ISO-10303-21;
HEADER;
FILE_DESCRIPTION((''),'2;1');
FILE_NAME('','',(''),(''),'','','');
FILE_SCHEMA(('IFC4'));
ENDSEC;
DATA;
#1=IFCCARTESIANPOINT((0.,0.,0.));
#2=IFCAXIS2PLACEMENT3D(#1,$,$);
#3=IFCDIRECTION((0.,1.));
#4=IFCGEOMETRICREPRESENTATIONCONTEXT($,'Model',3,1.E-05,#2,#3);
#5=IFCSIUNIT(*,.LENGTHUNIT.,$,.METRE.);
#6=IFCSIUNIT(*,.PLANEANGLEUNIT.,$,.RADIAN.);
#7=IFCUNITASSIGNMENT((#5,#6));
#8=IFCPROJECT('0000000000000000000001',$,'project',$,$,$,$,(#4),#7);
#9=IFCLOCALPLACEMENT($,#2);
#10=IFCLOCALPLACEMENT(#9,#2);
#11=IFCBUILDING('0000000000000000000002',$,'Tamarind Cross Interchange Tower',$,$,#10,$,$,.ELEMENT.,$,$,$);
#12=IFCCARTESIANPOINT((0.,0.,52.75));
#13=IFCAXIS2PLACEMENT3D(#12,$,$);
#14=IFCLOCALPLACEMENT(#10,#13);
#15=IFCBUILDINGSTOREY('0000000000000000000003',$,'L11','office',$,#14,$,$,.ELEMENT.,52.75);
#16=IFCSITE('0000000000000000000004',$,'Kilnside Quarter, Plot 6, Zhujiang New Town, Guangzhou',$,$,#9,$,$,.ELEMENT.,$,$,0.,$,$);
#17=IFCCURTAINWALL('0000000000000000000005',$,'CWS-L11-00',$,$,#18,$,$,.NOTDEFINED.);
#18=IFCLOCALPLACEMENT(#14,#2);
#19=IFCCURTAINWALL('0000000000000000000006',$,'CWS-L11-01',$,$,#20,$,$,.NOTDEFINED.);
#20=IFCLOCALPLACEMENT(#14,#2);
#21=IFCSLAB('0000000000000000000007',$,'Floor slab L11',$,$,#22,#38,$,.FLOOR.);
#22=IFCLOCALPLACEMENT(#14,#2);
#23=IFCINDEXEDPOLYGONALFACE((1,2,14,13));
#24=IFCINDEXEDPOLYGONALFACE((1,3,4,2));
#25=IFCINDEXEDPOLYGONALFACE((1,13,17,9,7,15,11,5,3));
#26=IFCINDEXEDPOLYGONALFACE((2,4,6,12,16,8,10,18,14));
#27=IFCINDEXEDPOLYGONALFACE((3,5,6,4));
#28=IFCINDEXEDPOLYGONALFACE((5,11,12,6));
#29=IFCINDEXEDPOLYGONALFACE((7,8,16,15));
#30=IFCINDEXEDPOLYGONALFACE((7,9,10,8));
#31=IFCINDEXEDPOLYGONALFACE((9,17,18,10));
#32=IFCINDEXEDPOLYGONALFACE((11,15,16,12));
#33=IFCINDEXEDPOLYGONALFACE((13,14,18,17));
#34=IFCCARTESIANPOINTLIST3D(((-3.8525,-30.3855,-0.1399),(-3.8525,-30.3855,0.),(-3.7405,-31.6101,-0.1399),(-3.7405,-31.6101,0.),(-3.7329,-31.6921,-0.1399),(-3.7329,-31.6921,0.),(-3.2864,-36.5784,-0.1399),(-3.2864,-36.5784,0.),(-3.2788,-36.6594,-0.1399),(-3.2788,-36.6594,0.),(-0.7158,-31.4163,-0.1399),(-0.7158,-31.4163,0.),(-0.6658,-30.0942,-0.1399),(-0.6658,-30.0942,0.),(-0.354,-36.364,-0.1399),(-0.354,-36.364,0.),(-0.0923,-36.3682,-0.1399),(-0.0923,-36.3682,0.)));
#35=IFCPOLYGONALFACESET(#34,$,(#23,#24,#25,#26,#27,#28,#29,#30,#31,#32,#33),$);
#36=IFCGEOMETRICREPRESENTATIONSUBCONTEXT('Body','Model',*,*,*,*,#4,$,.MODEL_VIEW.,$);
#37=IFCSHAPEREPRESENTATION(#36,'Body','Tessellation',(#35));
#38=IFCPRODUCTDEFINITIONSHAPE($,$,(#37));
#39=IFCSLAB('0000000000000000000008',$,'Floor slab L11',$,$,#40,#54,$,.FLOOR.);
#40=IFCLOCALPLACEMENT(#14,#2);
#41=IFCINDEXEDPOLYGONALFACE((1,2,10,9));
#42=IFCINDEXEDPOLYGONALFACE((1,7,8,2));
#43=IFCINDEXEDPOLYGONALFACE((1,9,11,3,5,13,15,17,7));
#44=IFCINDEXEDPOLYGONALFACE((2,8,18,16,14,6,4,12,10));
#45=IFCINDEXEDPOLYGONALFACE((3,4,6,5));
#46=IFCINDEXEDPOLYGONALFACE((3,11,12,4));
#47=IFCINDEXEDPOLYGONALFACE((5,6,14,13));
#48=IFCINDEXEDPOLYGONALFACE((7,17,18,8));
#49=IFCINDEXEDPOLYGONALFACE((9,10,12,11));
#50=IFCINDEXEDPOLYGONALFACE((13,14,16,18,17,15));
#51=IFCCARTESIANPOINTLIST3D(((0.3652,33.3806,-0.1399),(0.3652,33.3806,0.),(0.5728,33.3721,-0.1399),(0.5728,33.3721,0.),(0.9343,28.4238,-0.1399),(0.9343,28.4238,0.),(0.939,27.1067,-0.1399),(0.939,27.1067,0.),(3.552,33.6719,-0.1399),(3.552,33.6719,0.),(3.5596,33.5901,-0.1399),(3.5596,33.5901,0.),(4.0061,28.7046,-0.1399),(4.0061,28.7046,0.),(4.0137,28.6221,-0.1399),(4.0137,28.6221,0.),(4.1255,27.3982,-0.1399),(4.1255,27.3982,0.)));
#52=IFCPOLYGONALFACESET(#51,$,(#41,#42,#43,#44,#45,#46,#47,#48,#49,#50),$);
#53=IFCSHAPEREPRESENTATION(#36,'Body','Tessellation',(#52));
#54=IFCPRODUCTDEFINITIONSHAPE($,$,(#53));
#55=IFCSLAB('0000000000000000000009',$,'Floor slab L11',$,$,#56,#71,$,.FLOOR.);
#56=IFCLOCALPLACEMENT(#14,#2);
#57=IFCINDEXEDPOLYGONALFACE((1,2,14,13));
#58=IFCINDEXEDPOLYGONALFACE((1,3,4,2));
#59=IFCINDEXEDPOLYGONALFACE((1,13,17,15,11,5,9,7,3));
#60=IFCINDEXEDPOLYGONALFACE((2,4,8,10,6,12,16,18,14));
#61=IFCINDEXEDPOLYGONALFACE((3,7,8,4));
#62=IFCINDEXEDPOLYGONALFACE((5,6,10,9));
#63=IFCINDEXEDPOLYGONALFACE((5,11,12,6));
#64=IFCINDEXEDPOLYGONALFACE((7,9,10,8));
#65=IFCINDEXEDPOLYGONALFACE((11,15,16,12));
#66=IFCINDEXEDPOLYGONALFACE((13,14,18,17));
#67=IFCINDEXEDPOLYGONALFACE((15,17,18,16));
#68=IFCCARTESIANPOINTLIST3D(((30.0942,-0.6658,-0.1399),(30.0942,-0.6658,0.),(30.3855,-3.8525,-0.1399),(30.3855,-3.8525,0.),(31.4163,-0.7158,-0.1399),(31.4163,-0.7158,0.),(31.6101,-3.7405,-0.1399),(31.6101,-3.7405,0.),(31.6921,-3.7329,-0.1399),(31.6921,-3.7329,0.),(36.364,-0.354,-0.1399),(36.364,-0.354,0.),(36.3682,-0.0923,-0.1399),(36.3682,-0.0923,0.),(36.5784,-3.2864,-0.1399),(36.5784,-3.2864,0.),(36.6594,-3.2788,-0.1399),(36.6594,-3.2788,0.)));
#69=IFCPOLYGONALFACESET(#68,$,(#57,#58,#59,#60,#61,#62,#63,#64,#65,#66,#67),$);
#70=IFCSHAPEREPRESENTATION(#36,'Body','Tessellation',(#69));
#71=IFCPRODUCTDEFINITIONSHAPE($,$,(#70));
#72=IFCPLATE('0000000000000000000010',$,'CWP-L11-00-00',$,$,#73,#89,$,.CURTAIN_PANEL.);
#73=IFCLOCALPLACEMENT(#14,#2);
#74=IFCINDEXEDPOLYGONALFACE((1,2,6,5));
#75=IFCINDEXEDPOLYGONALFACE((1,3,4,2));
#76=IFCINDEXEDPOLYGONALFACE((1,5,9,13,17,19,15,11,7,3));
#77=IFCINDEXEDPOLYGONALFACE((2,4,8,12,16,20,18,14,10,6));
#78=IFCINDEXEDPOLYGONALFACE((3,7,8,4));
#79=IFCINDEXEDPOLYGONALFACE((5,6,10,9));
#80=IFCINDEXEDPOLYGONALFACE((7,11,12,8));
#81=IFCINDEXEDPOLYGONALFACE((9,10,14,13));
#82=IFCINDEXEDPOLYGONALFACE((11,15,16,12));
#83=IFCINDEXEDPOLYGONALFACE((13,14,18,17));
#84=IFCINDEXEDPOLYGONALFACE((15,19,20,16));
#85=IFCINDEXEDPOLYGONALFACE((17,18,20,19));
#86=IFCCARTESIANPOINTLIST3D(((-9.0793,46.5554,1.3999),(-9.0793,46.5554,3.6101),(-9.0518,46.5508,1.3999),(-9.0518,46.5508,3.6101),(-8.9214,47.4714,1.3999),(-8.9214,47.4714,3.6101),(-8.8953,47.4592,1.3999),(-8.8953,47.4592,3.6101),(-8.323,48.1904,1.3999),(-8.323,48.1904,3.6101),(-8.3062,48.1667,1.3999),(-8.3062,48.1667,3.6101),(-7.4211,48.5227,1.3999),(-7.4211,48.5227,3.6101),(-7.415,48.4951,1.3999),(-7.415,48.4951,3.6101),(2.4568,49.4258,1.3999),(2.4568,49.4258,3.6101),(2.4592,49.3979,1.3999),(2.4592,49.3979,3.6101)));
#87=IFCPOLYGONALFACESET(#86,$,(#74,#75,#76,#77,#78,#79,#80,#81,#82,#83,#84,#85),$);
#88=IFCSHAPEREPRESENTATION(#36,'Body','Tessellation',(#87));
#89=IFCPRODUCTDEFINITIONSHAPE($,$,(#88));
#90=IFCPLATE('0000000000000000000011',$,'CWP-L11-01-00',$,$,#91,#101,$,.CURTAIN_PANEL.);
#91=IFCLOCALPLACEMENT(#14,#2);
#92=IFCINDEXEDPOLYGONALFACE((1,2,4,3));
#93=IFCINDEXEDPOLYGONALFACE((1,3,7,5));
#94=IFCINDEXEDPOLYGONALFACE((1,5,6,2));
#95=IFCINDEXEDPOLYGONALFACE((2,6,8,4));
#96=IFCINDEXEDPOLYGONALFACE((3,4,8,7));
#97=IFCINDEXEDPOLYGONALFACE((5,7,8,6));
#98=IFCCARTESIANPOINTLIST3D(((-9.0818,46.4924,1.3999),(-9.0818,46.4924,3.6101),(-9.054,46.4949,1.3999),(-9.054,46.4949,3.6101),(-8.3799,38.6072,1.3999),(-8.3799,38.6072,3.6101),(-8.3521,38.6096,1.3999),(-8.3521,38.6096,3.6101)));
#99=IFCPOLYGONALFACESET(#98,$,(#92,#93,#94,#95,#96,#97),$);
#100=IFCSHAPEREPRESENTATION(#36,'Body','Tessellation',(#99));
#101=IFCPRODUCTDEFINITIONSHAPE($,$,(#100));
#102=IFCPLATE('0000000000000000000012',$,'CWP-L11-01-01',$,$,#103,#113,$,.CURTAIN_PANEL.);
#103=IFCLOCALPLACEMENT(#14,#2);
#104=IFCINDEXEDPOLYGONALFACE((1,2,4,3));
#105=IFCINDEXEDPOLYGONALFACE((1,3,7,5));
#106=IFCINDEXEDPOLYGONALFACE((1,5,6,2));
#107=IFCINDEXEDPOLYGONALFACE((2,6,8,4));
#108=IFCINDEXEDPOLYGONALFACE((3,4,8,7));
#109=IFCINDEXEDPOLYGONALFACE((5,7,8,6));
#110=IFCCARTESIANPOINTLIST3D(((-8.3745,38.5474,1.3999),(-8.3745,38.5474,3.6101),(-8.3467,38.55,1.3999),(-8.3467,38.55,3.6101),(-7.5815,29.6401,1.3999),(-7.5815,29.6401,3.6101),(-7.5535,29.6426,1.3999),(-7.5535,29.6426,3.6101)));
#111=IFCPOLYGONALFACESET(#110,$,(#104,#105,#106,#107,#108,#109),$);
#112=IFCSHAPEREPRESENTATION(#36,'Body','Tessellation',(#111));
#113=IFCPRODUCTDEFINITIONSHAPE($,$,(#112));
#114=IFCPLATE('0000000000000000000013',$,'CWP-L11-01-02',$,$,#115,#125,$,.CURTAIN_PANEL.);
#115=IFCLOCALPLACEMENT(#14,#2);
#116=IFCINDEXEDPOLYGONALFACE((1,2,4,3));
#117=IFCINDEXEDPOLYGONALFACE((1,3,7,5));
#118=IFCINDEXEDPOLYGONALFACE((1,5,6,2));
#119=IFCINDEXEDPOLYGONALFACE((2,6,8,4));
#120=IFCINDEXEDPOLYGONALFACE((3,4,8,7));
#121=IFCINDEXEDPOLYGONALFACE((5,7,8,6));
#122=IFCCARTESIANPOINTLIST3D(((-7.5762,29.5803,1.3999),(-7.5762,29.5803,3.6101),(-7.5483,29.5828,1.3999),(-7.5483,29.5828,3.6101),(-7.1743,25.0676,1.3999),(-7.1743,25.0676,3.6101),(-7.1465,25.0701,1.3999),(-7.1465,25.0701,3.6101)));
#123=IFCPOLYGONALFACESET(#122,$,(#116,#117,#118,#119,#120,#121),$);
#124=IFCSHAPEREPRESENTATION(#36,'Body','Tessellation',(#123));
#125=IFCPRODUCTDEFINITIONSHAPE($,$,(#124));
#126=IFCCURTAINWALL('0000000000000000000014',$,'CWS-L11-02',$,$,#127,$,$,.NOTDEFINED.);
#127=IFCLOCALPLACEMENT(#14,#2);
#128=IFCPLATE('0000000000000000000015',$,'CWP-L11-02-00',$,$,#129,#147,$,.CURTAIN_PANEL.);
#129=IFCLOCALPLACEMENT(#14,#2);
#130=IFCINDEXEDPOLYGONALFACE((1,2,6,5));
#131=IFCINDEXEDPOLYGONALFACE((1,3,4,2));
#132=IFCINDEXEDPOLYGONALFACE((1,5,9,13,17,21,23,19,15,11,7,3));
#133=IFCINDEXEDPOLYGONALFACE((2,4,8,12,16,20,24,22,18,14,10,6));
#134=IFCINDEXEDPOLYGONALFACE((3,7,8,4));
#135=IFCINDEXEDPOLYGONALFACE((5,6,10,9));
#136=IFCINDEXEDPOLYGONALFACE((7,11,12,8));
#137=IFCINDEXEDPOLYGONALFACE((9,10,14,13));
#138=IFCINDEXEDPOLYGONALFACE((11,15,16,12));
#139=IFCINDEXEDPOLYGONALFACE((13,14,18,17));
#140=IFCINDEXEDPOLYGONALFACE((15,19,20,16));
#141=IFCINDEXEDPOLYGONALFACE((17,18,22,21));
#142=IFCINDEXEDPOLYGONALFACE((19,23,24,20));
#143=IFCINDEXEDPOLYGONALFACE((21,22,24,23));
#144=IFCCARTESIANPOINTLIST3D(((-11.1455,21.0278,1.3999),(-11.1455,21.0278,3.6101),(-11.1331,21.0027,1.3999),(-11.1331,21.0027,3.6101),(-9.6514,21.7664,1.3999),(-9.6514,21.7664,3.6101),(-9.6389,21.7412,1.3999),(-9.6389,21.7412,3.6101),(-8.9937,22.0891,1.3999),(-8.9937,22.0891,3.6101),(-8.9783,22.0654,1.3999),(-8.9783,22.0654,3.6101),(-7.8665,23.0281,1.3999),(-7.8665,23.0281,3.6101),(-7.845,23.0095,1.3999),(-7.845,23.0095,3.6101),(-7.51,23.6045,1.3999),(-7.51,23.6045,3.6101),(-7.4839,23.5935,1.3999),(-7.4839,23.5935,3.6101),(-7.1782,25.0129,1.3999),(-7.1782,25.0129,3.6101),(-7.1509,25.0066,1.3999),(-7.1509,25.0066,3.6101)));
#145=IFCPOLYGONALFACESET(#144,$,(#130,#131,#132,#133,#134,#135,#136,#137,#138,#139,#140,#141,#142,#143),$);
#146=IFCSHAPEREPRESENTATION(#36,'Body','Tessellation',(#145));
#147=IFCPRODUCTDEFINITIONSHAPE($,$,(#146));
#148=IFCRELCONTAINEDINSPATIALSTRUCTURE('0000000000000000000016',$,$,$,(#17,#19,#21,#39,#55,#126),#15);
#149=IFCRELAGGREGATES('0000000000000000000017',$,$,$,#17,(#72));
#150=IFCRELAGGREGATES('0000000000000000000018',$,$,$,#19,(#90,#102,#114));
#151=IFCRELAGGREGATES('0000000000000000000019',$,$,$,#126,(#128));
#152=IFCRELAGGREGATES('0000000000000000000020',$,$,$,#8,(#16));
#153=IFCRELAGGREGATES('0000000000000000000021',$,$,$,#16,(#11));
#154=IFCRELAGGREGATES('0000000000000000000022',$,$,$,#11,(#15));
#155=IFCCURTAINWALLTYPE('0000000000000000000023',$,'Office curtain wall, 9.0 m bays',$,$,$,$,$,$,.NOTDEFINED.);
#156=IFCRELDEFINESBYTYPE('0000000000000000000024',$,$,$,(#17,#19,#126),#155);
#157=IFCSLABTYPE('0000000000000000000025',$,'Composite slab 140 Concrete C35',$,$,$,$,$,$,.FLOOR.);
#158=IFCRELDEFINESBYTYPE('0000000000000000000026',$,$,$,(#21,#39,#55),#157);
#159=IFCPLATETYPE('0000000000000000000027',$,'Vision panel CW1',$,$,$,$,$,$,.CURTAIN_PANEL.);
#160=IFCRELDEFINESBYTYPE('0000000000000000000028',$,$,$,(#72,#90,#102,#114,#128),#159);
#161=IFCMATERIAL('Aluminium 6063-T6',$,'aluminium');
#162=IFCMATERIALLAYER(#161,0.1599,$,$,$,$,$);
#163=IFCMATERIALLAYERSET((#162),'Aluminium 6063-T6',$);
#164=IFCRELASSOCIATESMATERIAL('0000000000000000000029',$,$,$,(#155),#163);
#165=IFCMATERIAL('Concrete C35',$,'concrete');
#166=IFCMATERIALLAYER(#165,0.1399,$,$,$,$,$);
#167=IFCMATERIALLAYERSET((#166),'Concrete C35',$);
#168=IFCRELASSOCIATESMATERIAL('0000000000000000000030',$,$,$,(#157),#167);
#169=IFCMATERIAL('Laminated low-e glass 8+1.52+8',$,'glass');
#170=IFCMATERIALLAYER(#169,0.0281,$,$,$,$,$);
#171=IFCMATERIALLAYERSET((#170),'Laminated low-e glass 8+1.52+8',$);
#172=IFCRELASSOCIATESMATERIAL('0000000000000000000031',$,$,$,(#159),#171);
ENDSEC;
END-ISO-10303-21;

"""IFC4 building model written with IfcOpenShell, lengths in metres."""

from ifc_helpers import new_model, si_unit, direction, frame, origin, place, context, subcontext, project, spatial, polyline, outline, extrude, material, layer, layer_set, type_object, element, aggregate, save


model = new_model("IFC4")

# Units and contexts
model_context = context("Model", 3, precision=1e-05, world=origin(), true_north=direction((0.0, 1.0)))
body_context = subcontext(model_context, "Body", "Model", "MODEL_VIEW")
ifc_project = project(units=[si_unit("LENGTHUNIT", "METRE"), si_unit("PLANEANGLEUNIT", "RADIAN")], contexts=[model_context])

# Site, building, storey
site_placement = place(None, origin())
site = spatial("IfcSite", under=ifc_project, at=site_placement, Name="Kilnside Quarter, Plot 6, Zhujiang New Town, Guangzhou", CompositionType="ELEMENT", RefElevation=0.0)
building_placement = place(site_placement, origin())
building = spatial("IfcBuilding", under=site, at=building_placement, Name="Tamarind Cross Interchange Tower", CompositionType="ELEMENT")
storey_placement = place(building_placement, frame((0.0, 0.0, 52.75)))
storey = spatial("IfcBuildingStorey", under=building, at=storey_placement, Name="L11", Description="office", CompositionType="ELEMENT", Elevation=52.75)

# Curtain walls
ifc_material_1 = material(Name="Aluminium 6063-T6", Category="aluminium")
ifc_layer_1 = layer(ifc_material_1, 0.1599)
ifc_layer_set_1 = layer_set([ifc_layer_1], Name="Aluminium 6063-T6")
curtain_wall_type = type_object("IfcCurtainWallType", Name="Office curtain wall, 9.0 m bays", PredefinedType="NOTDEFINED", material=ifc_layer_set_1)
curtain_wall_1_placement = place(storey_placement, origin())
curtain_wall_1 = element("IfcCurtainWall", 1, at=curtain_wall_1_placement, inside=storey, type_object=curtain_wall_type, Name="CWS-L11-00", PredefinedType="NOTDEFINED")
curtain_wall_2_placement = place(storey_placement, origin())
curtain_wall_2 = element("IfcCurtainWall", 2, at=curtain_wall_2_placement, inside=storey, type_object=curtain_wall_type, Name="CWS-L11-01", PredefinedType="NOTDEFINED")

# Slabs
ifc_material_2 = material(Name="Concrete C35", Category="concrete")
ifc_layer_2 = layer(ifc_material_2, 0.1399)
ifc_layer_set_2 = layer_set([ifc_layer_2], Name="Concrete C35")
slab_type = type_object("IfcSlabType", Name="Composite slab 140 Concrete C35", PredefinedType="FLOOR", material=ifc_layer_set_2)
slab_1_placement = place(storey_placement, frame((0.0, 0.0, -0.1399)))
element("IfcSlab", 3, at=slab_1_placement, inside=storey, type_object=slab_type, Name="Floor slab L11", PredefinedType="FLOOR", context=body_context, shape_type="SweptSolid", body=[
    extrude(outline(polyline([(-3.2788, -36.6594), (-0.0923, -36.3682), (-0.6658, -30.0942), (-3.8525, -30.3855), (-3.7405, -31.6101), (-3.7329, -31.6921), (-0.7158, -31.4163), (-0.354, -36.364), (-3.2864, -36.5784), (-3.2788, -36.6594)])), origin(), (0.0, 0.0, 1.0), 0.1399),
])
slab_2_placement = place(storey_placement, frame((0.0, 0.0, -0.1399)))
element("IfcSlab", 4, at=slab_2_placement, inside=storey, type_object=slab_type, Name="Floor slab L11", PredefinedType="FLOOR", context=body_context, shape_type="SweptSolid", body=[
    extrude(outline(polyline([(0.939, 27.1067), (4.1255, 27.3982), (4.0137, 28.6221), (4.0061, 28.7046), (0.9343, 28.4238), (0.5728, 33.3721), (3.5596, 33.5901), (3.552, 33.6719), (0.3652, 33.3806), (0.939, 27.1067)])), origin(), (0.0, 0.0, 1.0), 0.1399),
])
slab_3_placement = place(storey_placement, frame((0.0, 0.0, -0.1399)))
element("IfcSlab", 5, at=slab_3_placement, inside=storey, type_object=slab_type, Name="Floor slab L11", PredefinedType="FLOOR", context=body_context, shape_type="SweptSolid", body=[
    extrude(outline(polyline([(36.6594, -3.2788), (36.3682, -0.0923), (30.0942, -0.6658), (30.3855, -3.8525), (31.6101, -3.7405), (31.6921, -3.7329), (31.4163, -0.7158), (36.364, -0.354), (36.5784, -3.2864), (36.6594, -3.2788)])), origin(), (0.0, 0.0, 1.0), 0.1399),
])

# Plates
ifc_material_3 = material(Name="Laminated low-e glass 8+1.52+8", Category="glass")
ifc_layer_3 = layer(ifc_material_3, 0.0281)
ifc_layer_set_3 = layer_set([ifc_layer_3], Name="Laminated low-e glass 8+1.52+8")
plate_type = type_object("IfcPlateType", Name="Vision panel CW1", PredefinedType="CURTAIN_PANEL", material=ifc_layer_set_3)
plate_1_placement = place(storey_placement, frame((0.0, 0.0, 1.3999)))
plate_1 = element("IfcPlate", 6, at=plate_1_placement, type_object=plate_type, Name="CWP-L11-00-00", PredefinedType="CURTAIN_PANEL", context=body_context, shape_type="SweptSolid", body=[
    extrude(outline(polyline([(2.4592, 49.3979), (-7.415, 48.4951), (-8.3062, 48.1667), (-8.8953, 47.4592), (-9.0518, 46.5508), (-9.0793, 46.5554), (-8.9214, 47.4714), (-8.323, 48.1904), (-7.4211, 48.5227), (2.4568, 49.4258), (2.4592, 49.3979)])), origin(), (0.0, 0.0, 1.0), 2.2102),
])
aggregate(curtain_wall_1, [plate_1])
plate_2_placement = place(storey_placement, frame((0.0, 0.0, 1.3999)))
plate_2 = element("IfcPlate", 7, at=plate_2_placement, type_object=plate_type, Name="CWP-L11-01-00", PredefinedType="CURTAIN_PANEL", context=body_context, shape_type="SweptSolid", body=[
    extrude(outline(polyline([(-9.054, 46.4949), (-8.3521, 38.6096), (-8.3799, 38.6072), (-9.0818, 46.4924), (-9.054, 46.4949)])), origin(), (0.0, 0.0, 1.0), 2.2102),
])
plate_3_placement = place(storey_placement, frame((0.0, 0.0, 1.3999)))
plate_3 = element("IfcPlate", 8, at=plate_3_placement, type_object=plate_type, Name="CWP-L11-01-01", PredefinedType="CURTAIN_PANEL", context=body_context, shape_type="SweptSolid", body=[
    extrude(outline(polyline([(-8.3467, 38.55), (-7.5535, 29.6426), (-7.5815, 29.6401), (-8.3745, 38.5474), (-8.3467, 38.55)])), origin(), (0.0, 0.0, 1.0), 2.2102),
])
plate_4_placement = place(storey_placement, frame((0.0, 0.0, 1.3999)))
plate_4 = element("IfcPlate", 9, at=plate_4_placement, type_object=plate_type, Name="CWP-L11-01-02", PredefinedType="CURTAIN_PANEL", context=body_context, shape_type="SweptSolid", body=[
    extrude(outline(polyline([(-7.5483, 29.5828), (-7.1465, 25.0701), (-7.1743, 25.0676), (-7.5762, 29.5803), (-7.5483, 29.5828)])), origin(), (0.0, 0.0, 1.0), 2.2102),
])
aggregate(curtain_wall_2, [plate_2, plate_3, plate_4])

# Curtain wall, plate
curtain_wall_3_placement = place(storey_placement, origin())
curtain_wall_3 = element("IfcCurtainWall", 10, at=curtain_wall_3_placement, inside=storey, type_object=curtain_wall_type, Name="CWS-L11-02", PredefinedType="NOTDEFINED")
plate_5_placement = place(storey_placement, frame((0.0, 0.0, 1.3999)))
plate_5 = element("IfcPlate", 11, at=plate_5_placement, type_object=plate_type, Name="CWP-L11-02-00", PredefinedType="CURTAIN_PANEL", context=body_context, shape_type="SweptSolid", body=[
    extrude(outline(polyline([(-7.1509, 25.0066), (-7.4839, 23.5935), (-7.845, 23.0095), (-8.9783, 22.0654), (-9.6389, 21.7412), (-11.1331, 21.0027), (-11.1455, 21.0278), (-9.6514, 21.7664), (-8.9937, 22.0891), (-7.8665, 23.0281), (-7.51, 23.6045), (-7.1782, 25.0129), (-7.1509, 25.0066)])), origin(), (0.0, 0.0, 1.0), 2.2102),
])
aggregate(curtain_wall_3, [plate_5])

save(model, "model.ifc")
